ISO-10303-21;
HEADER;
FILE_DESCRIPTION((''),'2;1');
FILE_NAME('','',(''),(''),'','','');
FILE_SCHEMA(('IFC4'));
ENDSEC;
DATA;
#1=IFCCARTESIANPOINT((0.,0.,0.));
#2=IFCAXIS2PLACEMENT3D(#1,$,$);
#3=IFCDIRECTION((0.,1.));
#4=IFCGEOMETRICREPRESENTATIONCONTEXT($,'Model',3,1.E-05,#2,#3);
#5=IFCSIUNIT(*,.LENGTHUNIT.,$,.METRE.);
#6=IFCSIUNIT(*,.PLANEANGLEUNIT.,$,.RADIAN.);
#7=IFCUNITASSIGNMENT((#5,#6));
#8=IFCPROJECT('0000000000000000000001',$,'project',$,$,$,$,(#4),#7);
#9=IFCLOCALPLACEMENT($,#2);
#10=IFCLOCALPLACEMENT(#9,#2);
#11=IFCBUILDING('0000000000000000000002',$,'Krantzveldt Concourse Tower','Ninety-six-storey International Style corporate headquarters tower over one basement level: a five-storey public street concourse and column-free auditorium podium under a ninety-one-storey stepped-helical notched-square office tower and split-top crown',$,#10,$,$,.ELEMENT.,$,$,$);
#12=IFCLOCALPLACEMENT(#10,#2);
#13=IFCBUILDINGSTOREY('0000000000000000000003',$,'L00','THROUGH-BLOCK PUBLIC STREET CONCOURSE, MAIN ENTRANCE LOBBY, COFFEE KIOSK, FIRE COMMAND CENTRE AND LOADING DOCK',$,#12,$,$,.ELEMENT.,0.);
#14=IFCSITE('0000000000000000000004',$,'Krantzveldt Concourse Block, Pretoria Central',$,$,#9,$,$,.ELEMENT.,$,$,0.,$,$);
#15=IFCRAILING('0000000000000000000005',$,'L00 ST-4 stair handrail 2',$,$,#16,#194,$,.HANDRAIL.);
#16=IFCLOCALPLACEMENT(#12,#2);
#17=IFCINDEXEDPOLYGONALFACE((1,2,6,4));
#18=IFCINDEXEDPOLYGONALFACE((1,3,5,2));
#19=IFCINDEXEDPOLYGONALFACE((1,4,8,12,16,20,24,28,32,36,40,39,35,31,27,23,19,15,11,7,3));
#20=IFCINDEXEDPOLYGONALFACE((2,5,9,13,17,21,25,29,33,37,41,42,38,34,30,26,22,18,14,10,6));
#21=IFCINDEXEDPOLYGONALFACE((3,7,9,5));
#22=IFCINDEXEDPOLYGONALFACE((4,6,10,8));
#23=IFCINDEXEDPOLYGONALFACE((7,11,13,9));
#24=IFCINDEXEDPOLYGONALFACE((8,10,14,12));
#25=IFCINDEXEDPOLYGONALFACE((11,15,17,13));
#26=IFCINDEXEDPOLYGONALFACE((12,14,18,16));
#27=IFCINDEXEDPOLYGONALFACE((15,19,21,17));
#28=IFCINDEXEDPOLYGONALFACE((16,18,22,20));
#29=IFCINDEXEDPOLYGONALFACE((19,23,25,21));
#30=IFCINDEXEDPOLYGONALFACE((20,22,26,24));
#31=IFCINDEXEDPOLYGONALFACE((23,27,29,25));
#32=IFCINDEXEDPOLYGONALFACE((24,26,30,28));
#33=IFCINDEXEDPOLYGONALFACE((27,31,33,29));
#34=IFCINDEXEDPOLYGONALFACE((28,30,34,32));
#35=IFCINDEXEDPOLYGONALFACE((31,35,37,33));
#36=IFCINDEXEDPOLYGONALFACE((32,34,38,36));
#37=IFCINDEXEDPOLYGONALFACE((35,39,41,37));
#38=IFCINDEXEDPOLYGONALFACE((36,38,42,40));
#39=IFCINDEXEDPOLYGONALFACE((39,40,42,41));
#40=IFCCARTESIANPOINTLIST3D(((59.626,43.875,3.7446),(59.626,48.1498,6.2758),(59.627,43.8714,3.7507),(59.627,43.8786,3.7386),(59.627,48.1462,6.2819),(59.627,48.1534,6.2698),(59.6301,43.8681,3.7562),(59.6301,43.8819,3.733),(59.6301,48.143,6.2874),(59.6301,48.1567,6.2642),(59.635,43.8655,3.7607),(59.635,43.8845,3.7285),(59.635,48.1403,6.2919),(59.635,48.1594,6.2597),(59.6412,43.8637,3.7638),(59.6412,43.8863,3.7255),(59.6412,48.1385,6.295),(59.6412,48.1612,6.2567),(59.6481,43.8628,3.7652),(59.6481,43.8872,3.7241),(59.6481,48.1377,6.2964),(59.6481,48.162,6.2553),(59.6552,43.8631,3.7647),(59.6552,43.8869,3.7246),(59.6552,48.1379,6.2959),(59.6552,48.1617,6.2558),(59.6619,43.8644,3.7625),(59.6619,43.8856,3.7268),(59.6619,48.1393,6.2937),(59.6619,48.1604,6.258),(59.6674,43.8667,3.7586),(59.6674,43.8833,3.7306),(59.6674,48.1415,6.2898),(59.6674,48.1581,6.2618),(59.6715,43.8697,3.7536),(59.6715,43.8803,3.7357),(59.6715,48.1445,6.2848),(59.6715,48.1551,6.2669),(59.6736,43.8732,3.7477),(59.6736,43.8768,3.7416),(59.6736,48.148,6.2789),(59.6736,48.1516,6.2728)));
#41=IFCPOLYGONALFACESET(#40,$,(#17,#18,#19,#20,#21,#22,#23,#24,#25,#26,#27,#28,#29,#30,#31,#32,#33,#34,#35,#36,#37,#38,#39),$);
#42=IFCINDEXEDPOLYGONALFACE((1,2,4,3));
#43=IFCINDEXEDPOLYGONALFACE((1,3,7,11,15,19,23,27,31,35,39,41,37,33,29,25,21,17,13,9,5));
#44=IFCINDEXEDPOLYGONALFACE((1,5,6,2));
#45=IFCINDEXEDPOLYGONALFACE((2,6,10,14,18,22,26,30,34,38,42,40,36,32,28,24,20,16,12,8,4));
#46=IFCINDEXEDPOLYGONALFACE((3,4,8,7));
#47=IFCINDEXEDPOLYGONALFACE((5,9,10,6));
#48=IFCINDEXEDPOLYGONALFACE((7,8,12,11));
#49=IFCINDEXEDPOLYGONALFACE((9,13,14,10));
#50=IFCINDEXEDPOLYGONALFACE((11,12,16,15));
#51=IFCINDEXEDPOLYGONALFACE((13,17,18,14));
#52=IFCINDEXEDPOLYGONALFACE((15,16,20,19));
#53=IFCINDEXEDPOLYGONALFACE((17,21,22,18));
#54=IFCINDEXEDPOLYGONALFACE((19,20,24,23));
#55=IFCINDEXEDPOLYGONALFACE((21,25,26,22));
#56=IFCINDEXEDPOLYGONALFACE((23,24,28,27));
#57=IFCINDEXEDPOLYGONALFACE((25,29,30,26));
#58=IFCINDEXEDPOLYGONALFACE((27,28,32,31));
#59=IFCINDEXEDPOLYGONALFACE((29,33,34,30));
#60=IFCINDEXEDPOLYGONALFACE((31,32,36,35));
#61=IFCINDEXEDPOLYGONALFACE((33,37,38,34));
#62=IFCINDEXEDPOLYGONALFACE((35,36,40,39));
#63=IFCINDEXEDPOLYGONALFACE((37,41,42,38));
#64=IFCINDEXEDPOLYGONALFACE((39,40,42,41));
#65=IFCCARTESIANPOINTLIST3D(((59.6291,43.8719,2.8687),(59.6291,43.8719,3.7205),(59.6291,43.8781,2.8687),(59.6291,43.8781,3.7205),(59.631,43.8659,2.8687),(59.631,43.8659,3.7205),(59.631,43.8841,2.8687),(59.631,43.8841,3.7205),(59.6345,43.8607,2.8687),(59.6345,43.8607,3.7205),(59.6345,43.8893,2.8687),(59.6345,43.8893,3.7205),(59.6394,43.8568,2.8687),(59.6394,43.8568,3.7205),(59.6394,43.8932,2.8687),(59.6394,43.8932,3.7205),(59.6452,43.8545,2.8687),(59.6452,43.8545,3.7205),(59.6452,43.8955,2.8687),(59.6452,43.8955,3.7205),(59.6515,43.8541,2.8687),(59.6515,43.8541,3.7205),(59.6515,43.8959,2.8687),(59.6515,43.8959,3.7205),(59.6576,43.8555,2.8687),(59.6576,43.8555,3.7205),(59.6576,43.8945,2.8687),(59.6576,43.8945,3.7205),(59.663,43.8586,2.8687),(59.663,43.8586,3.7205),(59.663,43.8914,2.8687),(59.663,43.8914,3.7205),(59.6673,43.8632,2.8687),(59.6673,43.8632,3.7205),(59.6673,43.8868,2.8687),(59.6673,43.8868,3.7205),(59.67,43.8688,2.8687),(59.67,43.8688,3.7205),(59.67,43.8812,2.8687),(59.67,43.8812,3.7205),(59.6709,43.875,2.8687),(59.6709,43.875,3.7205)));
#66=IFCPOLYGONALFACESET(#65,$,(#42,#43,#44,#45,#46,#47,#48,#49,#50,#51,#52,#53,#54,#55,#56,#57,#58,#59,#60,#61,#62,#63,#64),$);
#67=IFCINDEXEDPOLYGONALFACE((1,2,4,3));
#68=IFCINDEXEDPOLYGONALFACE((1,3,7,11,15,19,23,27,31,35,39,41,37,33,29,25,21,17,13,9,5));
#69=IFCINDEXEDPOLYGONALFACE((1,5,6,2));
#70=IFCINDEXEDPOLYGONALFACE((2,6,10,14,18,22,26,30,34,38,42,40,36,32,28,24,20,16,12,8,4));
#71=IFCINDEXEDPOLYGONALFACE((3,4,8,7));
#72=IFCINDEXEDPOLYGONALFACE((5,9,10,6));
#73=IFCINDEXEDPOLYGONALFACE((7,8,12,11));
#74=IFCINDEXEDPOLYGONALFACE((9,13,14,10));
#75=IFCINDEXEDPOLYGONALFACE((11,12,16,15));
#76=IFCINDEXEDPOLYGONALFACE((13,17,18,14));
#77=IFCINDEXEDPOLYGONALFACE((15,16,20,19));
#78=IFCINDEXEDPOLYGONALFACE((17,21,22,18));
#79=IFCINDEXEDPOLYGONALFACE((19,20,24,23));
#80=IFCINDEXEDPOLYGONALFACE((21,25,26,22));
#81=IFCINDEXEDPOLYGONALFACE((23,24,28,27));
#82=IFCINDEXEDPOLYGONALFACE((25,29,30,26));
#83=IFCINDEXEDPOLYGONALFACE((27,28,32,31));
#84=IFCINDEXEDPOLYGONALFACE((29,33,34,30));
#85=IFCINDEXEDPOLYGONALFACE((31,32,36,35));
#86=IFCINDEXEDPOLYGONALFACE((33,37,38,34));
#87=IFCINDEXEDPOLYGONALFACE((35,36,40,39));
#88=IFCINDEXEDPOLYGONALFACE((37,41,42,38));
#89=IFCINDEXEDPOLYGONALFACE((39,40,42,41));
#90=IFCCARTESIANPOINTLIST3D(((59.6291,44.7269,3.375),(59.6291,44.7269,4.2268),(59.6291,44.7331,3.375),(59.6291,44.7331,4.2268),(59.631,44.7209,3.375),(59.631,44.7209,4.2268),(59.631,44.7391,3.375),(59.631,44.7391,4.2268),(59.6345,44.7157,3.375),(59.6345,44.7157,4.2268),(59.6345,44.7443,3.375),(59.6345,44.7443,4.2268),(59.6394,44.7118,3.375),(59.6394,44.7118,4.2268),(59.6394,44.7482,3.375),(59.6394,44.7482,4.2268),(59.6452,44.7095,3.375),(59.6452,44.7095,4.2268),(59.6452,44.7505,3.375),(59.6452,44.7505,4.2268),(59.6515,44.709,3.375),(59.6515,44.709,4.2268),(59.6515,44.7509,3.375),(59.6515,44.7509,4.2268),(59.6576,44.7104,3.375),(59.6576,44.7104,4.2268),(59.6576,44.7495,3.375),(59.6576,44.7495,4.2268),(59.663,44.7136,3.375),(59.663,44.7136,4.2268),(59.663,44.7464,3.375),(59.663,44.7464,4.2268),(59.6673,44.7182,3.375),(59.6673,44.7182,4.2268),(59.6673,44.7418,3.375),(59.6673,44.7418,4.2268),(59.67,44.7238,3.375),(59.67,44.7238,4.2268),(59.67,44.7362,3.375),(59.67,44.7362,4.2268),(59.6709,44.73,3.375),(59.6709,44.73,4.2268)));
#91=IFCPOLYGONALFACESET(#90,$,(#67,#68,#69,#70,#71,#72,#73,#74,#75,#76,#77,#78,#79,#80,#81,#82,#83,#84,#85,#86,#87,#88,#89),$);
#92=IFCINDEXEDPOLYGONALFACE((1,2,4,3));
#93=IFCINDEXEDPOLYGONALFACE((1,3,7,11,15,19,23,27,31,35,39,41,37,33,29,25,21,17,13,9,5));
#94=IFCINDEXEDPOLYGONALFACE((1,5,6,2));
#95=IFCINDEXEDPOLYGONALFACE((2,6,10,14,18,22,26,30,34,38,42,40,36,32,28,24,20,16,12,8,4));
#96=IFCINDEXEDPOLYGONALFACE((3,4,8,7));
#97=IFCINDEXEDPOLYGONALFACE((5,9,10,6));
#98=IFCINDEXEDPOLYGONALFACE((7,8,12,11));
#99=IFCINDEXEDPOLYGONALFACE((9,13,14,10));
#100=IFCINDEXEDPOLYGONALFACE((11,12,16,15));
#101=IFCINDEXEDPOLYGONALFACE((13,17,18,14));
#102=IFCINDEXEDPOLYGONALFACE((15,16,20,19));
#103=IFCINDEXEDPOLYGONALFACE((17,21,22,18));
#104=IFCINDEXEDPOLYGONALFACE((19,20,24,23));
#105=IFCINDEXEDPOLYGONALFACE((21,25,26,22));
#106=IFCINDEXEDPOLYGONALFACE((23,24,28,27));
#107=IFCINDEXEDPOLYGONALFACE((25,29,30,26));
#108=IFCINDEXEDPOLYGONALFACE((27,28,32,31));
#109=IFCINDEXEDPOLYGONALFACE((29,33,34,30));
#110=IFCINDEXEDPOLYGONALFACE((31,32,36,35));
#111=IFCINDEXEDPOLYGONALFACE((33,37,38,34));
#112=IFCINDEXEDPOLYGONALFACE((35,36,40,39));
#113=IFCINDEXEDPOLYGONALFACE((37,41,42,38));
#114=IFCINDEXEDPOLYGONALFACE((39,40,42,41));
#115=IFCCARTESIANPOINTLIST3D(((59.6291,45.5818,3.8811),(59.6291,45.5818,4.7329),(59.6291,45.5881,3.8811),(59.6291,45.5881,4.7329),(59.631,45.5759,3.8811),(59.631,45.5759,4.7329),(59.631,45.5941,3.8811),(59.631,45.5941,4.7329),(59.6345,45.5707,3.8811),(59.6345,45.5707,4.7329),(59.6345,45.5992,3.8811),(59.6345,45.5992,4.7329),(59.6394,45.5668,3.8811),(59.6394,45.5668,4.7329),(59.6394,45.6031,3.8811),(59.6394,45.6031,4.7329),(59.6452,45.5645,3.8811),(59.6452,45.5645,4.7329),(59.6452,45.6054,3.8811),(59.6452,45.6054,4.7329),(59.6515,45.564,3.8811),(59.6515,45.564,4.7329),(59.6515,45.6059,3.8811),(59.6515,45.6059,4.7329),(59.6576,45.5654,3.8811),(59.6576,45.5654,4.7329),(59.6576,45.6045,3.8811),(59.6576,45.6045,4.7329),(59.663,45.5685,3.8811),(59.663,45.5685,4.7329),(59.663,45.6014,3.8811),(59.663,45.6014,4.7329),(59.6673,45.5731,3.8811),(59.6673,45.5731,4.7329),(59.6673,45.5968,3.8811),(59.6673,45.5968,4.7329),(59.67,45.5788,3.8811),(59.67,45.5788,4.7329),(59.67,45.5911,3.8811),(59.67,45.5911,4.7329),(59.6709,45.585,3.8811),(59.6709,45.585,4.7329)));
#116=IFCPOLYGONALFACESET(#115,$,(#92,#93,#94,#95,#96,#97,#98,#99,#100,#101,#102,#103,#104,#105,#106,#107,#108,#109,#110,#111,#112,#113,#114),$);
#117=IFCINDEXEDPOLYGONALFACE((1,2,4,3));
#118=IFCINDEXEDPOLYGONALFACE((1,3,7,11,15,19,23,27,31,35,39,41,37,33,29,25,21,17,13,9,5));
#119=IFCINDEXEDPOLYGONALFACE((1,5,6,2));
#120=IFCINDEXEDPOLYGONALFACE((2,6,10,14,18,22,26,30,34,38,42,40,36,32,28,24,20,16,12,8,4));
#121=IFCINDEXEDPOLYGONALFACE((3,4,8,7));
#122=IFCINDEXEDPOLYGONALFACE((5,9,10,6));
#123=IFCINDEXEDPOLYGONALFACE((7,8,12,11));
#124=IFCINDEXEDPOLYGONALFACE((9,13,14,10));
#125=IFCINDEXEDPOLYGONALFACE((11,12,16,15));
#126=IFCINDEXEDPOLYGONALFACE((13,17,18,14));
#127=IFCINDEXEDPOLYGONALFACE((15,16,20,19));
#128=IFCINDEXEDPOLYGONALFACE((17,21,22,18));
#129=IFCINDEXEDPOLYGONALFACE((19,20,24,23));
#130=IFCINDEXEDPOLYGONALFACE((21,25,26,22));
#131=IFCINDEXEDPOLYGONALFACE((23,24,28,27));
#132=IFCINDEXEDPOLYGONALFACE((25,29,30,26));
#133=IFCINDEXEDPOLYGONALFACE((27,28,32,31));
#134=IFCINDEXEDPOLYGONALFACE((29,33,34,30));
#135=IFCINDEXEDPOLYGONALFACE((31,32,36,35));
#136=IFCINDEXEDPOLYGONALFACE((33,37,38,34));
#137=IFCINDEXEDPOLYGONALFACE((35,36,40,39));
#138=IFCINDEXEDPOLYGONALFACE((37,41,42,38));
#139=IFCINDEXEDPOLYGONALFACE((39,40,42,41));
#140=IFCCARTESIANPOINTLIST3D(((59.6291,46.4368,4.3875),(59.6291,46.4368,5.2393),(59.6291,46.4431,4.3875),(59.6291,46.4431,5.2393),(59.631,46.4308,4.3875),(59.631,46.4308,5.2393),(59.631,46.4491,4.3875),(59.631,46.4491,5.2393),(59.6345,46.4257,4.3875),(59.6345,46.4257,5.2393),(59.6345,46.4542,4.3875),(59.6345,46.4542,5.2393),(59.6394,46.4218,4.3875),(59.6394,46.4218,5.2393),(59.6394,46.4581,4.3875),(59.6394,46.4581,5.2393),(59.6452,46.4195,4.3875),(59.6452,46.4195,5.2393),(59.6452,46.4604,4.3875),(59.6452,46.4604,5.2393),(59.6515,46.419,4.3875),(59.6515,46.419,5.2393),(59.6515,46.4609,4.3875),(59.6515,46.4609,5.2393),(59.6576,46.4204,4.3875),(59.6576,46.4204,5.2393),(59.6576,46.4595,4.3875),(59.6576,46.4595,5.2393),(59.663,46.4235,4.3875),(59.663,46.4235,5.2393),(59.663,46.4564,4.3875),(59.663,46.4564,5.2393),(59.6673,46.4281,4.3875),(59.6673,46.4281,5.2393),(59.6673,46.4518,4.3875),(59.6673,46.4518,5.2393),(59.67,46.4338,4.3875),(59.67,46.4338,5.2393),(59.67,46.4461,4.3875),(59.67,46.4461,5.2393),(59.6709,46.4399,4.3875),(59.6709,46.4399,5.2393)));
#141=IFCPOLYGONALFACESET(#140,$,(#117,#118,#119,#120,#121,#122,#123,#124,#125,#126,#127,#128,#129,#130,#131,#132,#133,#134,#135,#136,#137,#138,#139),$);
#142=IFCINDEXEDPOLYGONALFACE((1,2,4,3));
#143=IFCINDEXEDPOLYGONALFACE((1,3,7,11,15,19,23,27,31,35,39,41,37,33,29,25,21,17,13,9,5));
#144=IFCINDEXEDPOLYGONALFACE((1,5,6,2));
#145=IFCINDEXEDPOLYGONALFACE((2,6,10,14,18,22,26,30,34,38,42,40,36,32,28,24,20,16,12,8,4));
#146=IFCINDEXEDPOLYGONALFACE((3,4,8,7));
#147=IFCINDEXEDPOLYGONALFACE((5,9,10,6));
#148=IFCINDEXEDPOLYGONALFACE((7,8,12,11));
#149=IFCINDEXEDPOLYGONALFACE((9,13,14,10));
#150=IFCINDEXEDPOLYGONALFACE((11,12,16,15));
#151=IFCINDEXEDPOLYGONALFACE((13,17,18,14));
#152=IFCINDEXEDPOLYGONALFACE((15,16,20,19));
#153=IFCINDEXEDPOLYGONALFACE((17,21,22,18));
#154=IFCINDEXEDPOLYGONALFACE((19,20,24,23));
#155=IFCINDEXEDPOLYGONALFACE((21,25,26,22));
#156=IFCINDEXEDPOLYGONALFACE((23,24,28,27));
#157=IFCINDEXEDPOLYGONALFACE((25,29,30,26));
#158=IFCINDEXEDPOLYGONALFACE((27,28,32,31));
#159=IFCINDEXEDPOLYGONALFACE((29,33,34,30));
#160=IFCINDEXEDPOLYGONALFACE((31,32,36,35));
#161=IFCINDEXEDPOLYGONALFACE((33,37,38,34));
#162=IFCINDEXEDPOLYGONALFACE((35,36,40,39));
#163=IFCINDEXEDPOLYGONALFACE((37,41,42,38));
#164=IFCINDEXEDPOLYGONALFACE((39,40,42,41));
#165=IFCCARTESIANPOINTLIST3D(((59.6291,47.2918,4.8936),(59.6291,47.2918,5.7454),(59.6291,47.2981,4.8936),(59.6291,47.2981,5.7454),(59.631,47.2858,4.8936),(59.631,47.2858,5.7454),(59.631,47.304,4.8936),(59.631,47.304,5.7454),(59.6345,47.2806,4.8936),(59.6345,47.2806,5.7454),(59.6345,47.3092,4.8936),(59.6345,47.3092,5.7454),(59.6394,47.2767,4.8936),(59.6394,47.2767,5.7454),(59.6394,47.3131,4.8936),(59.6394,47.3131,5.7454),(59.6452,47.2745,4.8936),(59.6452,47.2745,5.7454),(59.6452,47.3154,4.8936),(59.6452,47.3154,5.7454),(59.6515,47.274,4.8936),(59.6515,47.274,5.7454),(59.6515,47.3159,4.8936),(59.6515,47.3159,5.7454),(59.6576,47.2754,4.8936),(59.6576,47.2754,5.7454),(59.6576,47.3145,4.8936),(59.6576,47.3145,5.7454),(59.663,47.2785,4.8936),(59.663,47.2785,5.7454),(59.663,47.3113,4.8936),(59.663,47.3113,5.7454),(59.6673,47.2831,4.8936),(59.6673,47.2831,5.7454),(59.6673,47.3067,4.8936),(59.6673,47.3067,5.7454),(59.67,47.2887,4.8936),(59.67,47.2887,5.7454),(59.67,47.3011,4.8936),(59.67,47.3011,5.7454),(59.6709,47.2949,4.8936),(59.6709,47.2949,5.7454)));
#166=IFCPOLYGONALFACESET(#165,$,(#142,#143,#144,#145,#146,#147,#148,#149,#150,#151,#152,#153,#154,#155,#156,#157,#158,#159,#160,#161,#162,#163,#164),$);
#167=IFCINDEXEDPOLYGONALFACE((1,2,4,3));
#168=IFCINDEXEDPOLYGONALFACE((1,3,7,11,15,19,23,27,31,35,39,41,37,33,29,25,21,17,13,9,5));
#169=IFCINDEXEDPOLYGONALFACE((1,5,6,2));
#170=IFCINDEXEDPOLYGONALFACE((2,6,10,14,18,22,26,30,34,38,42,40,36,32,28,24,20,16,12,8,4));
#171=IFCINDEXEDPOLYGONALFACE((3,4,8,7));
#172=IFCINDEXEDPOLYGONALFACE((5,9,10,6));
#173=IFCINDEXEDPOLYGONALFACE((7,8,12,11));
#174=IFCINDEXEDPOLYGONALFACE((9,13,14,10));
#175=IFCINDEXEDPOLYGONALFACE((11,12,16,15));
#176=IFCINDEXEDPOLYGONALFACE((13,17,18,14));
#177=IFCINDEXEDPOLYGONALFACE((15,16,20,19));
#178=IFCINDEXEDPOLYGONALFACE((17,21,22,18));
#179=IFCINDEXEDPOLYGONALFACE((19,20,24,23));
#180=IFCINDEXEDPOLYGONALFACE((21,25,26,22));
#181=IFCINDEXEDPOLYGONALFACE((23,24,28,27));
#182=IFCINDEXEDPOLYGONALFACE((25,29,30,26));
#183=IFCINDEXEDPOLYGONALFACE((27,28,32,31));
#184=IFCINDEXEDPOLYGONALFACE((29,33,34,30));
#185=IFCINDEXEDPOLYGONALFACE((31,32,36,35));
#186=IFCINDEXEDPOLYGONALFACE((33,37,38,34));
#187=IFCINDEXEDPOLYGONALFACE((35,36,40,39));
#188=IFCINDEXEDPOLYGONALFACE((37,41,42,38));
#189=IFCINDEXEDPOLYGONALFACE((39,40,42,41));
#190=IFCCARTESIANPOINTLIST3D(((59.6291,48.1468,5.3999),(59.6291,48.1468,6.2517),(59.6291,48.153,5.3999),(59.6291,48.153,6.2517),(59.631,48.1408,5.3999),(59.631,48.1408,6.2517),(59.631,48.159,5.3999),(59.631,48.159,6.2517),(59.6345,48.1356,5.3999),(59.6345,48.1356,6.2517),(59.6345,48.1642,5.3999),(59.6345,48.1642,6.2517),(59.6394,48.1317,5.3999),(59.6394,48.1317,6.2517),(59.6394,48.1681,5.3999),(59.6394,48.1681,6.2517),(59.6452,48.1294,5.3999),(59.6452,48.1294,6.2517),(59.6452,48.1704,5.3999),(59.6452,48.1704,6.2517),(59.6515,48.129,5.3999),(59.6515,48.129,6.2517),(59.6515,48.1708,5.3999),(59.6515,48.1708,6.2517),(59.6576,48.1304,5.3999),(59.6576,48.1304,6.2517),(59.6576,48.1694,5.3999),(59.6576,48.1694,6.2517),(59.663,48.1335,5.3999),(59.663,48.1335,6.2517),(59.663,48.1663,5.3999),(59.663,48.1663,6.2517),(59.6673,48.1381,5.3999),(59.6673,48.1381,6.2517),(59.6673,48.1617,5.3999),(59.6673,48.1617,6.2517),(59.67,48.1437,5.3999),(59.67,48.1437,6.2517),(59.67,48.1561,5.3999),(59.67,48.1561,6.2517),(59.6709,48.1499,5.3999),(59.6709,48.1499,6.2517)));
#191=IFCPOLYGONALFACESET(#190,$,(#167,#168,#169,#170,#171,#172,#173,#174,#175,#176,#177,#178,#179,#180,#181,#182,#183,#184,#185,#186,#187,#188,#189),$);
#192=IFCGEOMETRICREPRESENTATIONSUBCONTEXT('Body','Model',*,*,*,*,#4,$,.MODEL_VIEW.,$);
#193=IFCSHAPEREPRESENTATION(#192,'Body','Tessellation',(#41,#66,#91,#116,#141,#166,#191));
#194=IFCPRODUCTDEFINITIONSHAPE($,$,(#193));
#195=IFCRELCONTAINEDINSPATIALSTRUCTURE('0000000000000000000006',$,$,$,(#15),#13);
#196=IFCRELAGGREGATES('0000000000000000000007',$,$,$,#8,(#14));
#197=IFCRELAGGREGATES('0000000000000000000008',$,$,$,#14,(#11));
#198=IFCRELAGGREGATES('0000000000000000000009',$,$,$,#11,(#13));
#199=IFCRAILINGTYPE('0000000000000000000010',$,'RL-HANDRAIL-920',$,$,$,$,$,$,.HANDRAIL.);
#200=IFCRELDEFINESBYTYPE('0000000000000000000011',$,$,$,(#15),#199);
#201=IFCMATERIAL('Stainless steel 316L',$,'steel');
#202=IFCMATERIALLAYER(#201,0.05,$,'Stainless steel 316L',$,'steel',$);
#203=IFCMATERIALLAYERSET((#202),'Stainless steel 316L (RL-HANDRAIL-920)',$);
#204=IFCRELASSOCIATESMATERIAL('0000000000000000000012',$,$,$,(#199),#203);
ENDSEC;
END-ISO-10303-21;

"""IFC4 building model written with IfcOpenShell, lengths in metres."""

from ifc_helpers import new_model, si_unit, direction, frame, origin, origin_2d, place, context, subcontext, project, spatial, circle, extrude, material, layer, layer_set, type_object, element, save


model = new_model("IFC4")

# Units and contexts
model_context = context("Model", 3, precision=1e-05, world=origin(), true_north=direction((0.0, 1.0)))
body_context = subcontext(model_context, "Body", "Model", "MODEL_VIEW")
ifc_project = project(units=[si_unit("LENGTHUNIT", "METRE"), si_unit("PLANEANGLEUNIT", "RADIAN")], contexts=[model_context])

# Site, building, storey
site_placement = place(None, origin())
site = spatial("IfcSite", under=ifc_project, at=site_placement, Name="Krantzveldt Concourse Block, Pretoria Central", CompositionType="ELEMENT", RefElevation=0.0)
building_placement = place(site_placement, origin())
building = spatial("IfcBuilding", under=site, at=building_placement, Name="Krantzveldt Concourse Tower", Description="Ninety-six-storey International Style corporate headquarters tower over one basement level: a five-storey public street concourse and column-free auditorium podium under a ninety-one-storey stepped-helical notched-square office tower and split-top crown", CompositionType="ELEMENT")
storey_placement = place(building_placement, origin())
storey = spatial("IfcBuildingStorey", under=building, at=storey_placement, Name="L00", Description="THROUGH-BLOCK PUBLIC STREET CONCOURSE, MAIN ENTRANCE LOBBY, COFFEE KIOSK, FIRE COMMAND CENTRE AND LOADING DOCK", CompositionType="ELEMENT", Elevation=0.0)

# Railing
ifc_material_1 = material(Name="Stainless steel 316L", Category="steel")
ifc_layer_1 = layer(ifc_material_1, 0.05, Name="Stainless steel 316L", Category="steel")
ifc_layer_set_1 = layer_set([ifc_layer_1], Name="Stainless steel 316L (RL-HANDRAIL-920)")
railing_type_1 = type_object("IfcRailingType", Name="RL-HANDRAIL-920", PredefinedType="HANDRAIL", material=ifc_layer_set_1)
railing_1_placement = place(storey_placement, frame((59.6499, 43.875, 2.8687)))
element("IfcRailing", 1, at=railing_1_placement, inside=storey, type_object=railing_type_1, Name="L00 ST-4 stair handrail 2", PredefinedType="HANDRAIL", context=body_context, shape_type="SweptSolid", body=[
    extrude(circle(Radius=0.0239, at=origin_2d()), frame((0.0, 0.0, 0.876), z_axis=(0.0, 0.86047, 0.509501), x_axis=(-1.0, 0.0, 0.0)), (0.0, 0.0, 1.0), 4.968),
    extrude(circle(Radius=0.021, at=origin_2d()), origin(), (0.0, 0.0, 1.0), 0.8518),
    extrude(circle(Radius=0.021, at=origin_2d()), frame((0.0, 0.855, 0.5063)), (0.0, 0.0, 1.0), 0.8518),
    extrude(circle(Radius=0.021, at=origin_2d()), frame((0.0, 1.71, 1.0125)), (0.0, 0.0, 1.0), 0.8518),
    extrude(circle(Radius=0.021, at=origin_2d()), frame((0.0, 2.5649, 1.5188)), (0.0, 0.0, 1.0), 0.8518),
    extrude(circle(Radius=0.021, at=origin_2d()), frame((0.0, 3.4199, 2.0249)), (0.0, 0.0, 1.0), 0.8518),
    extrude(circle(Radius=0.021, at=origin_2d()), frame((0.0, 4.2749, 2.5312)), (0.0, 0.0, 1.0), 0.8518),
])

save(model, "model.ifc")
